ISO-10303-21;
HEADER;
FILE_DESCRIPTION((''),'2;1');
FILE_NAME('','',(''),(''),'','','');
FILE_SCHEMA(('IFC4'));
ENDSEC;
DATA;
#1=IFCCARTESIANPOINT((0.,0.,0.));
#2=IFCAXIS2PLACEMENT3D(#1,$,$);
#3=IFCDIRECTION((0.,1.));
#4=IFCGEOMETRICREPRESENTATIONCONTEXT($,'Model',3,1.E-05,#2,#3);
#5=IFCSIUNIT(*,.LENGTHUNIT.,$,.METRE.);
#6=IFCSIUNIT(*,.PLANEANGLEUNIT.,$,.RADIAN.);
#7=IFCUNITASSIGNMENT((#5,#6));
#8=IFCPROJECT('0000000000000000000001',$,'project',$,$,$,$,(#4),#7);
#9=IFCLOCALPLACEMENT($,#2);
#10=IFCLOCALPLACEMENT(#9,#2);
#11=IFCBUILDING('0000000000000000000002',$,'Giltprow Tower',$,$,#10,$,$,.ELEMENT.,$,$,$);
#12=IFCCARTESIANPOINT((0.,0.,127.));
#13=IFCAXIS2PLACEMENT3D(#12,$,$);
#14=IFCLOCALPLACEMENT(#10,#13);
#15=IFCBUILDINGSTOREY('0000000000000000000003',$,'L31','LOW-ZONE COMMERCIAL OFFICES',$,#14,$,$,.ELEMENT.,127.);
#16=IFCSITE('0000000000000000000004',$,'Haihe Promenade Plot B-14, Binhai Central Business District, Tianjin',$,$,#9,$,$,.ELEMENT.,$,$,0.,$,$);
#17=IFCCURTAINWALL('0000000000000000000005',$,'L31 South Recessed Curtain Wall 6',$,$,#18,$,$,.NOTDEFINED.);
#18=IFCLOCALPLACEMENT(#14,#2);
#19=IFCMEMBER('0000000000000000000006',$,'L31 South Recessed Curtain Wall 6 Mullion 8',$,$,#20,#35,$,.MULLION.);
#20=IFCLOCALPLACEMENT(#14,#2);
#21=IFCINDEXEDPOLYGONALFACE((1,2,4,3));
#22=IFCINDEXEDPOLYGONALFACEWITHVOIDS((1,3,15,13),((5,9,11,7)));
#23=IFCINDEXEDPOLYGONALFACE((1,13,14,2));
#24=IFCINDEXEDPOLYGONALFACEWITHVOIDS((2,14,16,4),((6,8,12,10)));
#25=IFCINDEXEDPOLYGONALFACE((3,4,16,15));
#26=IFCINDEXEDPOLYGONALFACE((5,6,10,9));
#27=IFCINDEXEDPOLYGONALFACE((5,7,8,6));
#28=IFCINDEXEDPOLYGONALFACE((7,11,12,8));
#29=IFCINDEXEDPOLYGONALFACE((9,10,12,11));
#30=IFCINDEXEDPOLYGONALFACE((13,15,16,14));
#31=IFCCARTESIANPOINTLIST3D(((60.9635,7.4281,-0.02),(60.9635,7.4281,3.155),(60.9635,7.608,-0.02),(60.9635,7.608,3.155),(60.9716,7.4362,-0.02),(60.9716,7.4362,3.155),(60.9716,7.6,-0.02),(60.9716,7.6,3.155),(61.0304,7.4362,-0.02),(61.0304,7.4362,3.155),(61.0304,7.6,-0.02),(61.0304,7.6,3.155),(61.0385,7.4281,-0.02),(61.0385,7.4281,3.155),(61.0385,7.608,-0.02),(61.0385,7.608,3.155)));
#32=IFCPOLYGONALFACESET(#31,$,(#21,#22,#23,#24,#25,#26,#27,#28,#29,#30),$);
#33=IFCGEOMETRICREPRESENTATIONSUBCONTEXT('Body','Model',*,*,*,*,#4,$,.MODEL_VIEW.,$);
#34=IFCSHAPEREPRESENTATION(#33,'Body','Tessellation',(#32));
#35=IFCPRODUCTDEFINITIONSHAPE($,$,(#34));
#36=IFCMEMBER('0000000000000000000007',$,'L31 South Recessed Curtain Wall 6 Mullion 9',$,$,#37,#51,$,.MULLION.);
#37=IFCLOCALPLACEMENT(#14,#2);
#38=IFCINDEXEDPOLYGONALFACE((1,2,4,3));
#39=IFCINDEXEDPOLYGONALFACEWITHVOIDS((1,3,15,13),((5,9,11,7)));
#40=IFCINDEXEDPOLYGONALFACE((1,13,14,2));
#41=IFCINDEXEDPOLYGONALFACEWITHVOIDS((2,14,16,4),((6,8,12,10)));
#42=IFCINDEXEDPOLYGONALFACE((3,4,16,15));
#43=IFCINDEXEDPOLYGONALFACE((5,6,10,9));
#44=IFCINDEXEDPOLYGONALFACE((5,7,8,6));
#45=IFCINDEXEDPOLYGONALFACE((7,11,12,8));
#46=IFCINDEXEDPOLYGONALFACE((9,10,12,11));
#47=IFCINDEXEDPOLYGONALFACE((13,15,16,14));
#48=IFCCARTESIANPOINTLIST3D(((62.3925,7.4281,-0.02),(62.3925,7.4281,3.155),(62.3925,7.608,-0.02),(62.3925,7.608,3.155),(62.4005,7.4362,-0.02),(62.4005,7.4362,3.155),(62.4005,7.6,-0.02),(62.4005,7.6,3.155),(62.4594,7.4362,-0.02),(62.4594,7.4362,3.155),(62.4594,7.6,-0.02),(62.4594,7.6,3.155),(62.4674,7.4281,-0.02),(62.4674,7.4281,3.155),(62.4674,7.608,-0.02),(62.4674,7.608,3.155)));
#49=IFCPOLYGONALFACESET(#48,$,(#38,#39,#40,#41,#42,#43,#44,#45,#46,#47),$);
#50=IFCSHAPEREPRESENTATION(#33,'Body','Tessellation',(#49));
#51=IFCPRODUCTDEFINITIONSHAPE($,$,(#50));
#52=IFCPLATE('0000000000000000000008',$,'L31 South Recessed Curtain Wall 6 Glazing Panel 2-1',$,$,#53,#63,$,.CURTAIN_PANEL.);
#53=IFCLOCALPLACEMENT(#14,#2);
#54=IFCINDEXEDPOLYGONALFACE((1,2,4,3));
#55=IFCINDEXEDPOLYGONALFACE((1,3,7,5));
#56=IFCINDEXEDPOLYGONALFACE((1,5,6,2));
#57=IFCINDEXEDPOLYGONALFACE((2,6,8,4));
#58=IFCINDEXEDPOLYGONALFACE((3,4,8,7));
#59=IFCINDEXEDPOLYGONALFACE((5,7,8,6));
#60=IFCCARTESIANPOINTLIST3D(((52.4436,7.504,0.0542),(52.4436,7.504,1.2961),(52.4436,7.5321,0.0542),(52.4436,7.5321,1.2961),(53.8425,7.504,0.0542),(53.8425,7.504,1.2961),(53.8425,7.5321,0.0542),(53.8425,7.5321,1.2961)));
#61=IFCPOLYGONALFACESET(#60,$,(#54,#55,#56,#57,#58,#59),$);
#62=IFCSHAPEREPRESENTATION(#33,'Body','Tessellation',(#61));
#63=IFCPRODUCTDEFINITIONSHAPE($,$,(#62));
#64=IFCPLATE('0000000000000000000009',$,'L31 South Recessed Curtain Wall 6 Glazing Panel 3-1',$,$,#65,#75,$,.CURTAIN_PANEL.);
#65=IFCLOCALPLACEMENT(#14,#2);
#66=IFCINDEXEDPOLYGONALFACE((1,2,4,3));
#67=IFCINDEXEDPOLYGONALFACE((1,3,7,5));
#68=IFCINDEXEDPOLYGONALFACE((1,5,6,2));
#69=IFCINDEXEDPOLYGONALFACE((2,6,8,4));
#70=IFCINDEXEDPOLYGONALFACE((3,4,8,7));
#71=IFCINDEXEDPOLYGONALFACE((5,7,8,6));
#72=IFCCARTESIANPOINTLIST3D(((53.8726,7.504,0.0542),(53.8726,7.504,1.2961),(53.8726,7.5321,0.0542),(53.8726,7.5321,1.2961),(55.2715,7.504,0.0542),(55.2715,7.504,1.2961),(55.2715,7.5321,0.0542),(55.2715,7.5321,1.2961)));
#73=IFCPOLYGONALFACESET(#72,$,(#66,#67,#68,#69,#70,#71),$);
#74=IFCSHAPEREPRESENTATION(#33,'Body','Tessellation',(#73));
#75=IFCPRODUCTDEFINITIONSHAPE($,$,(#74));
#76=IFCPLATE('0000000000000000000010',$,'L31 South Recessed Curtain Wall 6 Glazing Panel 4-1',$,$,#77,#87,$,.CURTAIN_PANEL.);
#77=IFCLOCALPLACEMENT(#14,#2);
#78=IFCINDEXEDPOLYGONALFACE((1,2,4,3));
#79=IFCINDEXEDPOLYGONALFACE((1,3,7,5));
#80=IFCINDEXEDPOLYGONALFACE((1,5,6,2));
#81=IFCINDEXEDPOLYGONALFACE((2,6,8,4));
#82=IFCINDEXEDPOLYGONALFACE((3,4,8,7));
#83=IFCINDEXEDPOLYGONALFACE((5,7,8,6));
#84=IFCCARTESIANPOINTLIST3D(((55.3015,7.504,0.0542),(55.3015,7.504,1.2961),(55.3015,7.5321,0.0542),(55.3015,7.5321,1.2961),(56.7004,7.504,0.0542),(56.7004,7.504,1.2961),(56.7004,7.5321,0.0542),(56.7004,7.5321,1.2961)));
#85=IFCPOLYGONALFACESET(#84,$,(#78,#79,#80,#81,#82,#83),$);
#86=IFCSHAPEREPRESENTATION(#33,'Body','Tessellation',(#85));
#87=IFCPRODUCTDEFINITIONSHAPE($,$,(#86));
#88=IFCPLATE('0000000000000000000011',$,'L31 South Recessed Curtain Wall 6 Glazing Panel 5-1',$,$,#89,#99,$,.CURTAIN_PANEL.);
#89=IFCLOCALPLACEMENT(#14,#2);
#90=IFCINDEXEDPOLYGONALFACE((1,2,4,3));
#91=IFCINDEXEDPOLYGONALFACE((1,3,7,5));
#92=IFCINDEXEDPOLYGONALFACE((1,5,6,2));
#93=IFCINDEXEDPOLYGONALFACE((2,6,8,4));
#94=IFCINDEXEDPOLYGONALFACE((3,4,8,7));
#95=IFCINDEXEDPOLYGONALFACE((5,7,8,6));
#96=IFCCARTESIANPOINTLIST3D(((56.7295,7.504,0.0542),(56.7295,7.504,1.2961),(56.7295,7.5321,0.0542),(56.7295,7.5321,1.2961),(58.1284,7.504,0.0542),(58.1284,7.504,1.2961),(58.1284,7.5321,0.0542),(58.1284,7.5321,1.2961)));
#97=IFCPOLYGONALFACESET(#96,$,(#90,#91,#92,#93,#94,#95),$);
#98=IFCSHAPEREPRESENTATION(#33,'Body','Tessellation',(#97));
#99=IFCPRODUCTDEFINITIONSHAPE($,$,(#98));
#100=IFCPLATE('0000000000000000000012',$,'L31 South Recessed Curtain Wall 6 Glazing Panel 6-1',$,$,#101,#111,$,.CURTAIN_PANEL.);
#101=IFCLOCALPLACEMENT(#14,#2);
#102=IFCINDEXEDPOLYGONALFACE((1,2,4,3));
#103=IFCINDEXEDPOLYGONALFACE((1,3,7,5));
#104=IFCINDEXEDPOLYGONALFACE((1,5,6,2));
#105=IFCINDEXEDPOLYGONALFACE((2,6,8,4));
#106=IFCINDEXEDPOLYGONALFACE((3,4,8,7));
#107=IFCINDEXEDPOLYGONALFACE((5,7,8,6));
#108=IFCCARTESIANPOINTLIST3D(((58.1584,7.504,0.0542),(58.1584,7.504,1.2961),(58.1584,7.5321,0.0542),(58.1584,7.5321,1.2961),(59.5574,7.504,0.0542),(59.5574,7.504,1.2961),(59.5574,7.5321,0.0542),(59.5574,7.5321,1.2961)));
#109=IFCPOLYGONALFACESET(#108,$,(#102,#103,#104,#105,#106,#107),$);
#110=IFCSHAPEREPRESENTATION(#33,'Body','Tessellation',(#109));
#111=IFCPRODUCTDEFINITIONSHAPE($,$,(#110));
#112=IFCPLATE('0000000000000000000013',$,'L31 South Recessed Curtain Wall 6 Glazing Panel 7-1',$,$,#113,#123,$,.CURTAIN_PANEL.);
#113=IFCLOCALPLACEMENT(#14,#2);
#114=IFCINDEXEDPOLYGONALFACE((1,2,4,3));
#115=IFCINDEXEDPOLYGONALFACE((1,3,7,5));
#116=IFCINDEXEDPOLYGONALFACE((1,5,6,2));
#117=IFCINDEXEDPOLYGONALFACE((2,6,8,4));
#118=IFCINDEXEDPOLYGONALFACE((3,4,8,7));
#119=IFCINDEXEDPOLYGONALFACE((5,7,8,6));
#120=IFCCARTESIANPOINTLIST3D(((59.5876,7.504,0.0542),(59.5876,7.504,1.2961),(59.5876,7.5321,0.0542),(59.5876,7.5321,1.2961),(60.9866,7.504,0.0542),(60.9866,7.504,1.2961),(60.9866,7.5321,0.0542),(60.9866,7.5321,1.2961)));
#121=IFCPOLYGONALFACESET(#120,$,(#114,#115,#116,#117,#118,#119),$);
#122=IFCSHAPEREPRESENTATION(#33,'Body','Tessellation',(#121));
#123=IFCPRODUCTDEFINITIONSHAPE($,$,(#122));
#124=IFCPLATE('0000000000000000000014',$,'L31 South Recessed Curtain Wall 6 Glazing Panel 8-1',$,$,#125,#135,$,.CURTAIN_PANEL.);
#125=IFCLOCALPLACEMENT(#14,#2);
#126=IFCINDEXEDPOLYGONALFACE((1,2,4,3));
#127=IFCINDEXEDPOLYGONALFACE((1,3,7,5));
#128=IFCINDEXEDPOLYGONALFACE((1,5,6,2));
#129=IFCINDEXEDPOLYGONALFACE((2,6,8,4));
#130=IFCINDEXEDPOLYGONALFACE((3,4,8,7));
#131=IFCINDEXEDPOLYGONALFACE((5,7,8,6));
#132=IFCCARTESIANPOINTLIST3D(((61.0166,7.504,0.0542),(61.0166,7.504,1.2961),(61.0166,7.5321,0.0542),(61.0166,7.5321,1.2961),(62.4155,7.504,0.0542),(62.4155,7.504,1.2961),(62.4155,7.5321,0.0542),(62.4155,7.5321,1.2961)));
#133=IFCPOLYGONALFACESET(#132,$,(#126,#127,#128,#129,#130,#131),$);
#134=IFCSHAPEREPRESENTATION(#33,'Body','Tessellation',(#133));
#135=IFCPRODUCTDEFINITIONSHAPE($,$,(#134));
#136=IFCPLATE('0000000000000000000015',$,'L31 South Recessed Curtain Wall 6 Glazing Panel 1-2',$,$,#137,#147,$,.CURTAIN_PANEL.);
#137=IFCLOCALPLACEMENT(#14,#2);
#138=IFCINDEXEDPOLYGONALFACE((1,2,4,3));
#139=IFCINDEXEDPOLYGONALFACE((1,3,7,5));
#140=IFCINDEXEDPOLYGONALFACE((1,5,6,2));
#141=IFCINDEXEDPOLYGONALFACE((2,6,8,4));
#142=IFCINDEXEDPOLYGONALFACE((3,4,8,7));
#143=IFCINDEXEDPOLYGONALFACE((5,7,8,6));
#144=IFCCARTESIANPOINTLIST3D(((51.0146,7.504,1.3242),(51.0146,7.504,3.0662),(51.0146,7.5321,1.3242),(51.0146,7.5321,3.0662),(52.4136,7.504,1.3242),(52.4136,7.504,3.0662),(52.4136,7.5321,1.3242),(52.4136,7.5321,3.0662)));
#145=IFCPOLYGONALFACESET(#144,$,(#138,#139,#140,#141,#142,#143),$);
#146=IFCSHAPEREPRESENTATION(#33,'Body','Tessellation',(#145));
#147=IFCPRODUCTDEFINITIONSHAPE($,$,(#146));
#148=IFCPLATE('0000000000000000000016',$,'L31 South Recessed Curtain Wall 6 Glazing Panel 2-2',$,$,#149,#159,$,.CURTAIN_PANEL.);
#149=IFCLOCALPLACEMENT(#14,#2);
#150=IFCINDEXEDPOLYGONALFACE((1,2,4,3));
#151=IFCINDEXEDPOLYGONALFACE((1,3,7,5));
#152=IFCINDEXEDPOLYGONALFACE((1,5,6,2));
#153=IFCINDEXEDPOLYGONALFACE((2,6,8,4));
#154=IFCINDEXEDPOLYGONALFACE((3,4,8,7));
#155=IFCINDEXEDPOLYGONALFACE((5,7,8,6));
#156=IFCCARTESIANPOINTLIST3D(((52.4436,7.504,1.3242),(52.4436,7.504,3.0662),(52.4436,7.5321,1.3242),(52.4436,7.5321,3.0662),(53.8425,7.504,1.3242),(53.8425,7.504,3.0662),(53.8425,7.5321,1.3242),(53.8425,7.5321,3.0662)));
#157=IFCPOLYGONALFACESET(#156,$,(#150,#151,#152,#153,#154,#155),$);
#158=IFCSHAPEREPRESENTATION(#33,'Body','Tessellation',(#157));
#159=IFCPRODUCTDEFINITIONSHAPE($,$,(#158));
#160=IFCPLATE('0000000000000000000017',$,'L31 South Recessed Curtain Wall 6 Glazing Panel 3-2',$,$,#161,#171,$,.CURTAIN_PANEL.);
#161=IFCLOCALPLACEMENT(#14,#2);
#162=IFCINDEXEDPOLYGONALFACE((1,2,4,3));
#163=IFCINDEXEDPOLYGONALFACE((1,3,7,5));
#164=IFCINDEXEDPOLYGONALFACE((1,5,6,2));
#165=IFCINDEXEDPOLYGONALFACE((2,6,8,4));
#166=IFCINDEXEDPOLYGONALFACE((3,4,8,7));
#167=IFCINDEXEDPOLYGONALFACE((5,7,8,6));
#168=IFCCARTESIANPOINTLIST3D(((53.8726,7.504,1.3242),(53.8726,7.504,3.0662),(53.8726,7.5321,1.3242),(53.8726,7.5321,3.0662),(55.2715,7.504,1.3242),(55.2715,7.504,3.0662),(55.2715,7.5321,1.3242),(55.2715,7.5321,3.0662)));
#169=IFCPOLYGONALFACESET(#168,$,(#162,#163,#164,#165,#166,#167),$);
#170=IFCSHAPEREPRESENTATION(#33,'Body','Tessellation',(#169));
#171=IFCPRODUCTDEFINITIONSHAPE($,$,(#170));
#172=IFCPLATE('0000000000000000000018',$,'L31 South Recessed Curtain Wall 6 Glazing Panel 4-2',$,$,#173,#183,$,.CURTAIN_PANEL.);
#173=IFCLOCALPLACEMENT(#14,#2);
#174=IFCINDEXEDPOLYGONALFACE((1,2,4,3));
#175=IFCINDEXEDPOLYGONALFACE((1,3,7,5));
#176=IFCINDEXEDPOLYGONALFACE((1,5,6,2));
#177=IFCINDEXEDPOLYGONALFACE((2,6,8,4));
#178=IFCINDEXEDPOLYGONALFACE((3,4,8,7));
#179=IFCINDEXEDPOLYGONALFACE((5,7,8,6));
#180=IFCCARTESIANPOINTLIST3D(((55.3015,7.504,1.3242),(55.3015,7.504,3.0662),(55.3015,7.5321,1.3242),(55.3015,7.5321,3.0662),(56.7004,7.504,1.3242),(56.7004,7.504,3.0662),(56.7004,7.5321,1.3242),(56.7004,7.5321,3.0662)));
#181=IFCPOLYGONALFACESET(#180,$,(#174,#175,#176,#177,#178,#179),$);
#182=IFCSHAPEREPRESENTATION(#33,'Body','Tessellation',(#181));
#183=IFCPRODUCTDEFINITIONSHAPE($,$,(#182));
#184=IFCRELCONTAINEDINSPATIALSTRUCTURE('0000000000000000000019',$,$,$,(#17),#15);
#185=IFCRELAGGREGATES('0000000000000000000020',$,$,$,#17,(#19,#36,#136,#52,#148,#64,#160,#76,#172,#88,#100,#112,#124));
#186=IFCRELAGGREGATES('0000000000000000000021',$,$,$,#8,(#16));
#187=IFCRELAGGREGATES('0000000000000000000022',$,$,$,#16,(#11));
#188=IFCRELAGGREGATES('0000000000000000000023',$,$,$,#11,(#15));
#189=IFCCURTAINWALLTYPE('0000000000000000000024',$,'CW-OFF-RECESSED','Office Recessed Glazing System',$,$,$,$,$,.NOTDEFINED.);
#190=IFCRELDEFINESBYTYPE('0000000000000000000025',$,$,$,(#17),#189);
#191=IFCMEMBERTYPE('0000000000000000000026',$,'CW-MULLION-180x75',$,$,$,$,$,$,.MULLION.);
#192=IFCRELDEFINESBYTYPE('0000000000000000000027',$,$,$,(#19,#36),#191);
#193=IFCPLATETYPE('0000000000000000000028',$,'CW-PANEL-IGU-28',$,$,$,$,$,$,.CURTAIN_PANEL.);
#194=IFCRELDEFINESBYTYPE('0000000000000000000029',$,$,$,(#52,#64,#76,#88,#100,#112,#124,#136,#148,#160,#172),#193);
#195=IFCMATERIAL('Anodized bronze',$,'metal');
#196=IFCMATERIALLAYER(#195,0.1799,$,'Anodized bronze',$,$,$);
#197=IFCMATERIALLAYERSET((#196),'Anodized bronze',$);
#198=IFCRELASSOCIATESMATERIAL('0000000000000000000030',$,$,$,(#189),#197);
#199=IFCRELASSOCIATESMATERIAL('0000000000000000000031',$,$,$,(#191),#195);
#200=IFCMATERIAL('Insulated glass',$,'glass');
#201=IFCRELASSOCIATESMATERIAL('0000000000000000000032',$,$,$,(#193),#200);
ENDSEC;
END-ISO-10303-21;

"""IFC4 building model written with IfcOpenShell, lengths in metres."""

from ifc_helpers import new_model, si_unit, direction, frame, origin, origin_2d, place, context, subcontext, project, spatial, rectangle, hollow_rectangle, extrude, source, transform, mapped, material, layer, layer_set, material_profile, profile_set, type_object, element, aggregate, save


model = new_model("IFC4")

# Units and contexts
model_context = context("Model", 3, precision=1e-05, world=origin(), true_north=direction((0.0, 1.0)))
body_context = subcontext(model_context, "Body", "Model", "MODEL_VIEW")
ifc_project = project(units=[si_unit("LENGTHUNIT", "METRE"), si_unit("PLANEANGLEUNIT", "RADIAN")], contexts=[model_context])

# Site, building, storey
site_placement = place(None, origin())
site = spatial("IfcSite", under=ifc_project, at=site_placement, Name="Haihe Promenade Plot B-14, Binhai Central Business District, Tianjin", CompositionType="ELEMENT", RefElevation=0.0)
building_placement = place(site_placement, origin())
building = spatial("IfcBuilding", under=site, at=building_placement, Name="Giltprow Tower", CompositionType="ELEMENT")
storey_placement = place(building_placement, frame((0.0, 0.0, 127.0)))
storey = spatial("IfcBuildingStorey", under=building, at=storey_placement, Name="L31", Description="LOW-ZONE COMMERCIAL OFFICES", CompositionType="ELEMENT", Elevation=127.0)

# Curtain wall, members, plates
ifc_material_1 = material(Name="Anodized bronze", Category="metal")
ifc_layer_1 = layer(ifc_material_1, 0.1799, Name="Anodized bronze")
ifc_layer_set_1 = layer_set([ifc_layer_1], Name="Anodized bronze")
curtain_wall_type = type_object("IfcCurtainWallType", Name="CW-OFF-RECESSED", Description="Office Recessed Glazing System", PredefinedType="NOTDEFINED", material=ifc_layer_set_1)
curtain_wall_placement = place(storey_placement, origin())
curtain_wall = element("IfcCurtainWall", 1, at=curtain_wall_placement, inside=storey, type_object=curtain_wall_type, Name="L31 South Recessed Curtain Wall 6", PredefinedType="NOTDEFINED")
ifc_material_profile_1 = material_profile(ifc_material_1, hollow_rectangle(XDim=0.075, YDim=0.1799, WallThickness=0.0081, at=origin_2d()), Name="RHS 180x75x8")
ifc_profile_set_1 = profile_set([ifc_material_profile_1], Name="Anodized bronze")
member_type = type_object("IfcMemberType", Name="CW-MULLION-180x75", PredefinedType="MULLION", material=ifc_profile_set_1)
shared_shape_1 = source(origin(), body_context, "Body", "SweptSolid", [
    extrude(hollow_rectangle(XDim=0.075, YDim=0.1799, WallThickness=0.0081, at=origin_2d()), origin(), (0.0, 0.0, 1.0), 3.175),
])
member_1_placement = place(storey_placement, frame((61.001, 7.5181, -0.02), z_axis=(0.0, 0.0, 1.0), x_axis=(1.0, 0.0, 0.0)))
member_1 = element("IfcMember", 2, at=member_1_placement, type_object=member_type, Name="L31 South Recessed Curtain Wall 6 Mullion 8", PredefinedType="MULLION", context=body_context, shape_type="MappedRepresentation", body=[
    mapped(shared_shape_1, transform((0.0, 0.0, 0.0), x_axis=(1.0, 0.0, 0.0), y_axis=(0.0, 1.0, 0.0), z_axis=(0.0, 0.0, 1.0), scale=1.0)),
])
member_2_placement = place(storey_placement, frame((62.4299, 7.5181, -0.02), z_axis=(0.0, 0.0, 1.0), x_axis=(1.0, 0.0, 0.0)))
member_2 = element("IfcMember", 3, at=member_2_placement, type_object=member_type, Name="L31 South Recessed Curtain Wall 6 Mullion 9", PredefinedType="MULLION", context=body_context, shape_type="MappedRepresentation", body=[
    mapped(shared_shape_1, transform((0.0, 0.0, 0.0), x_axis=(1.0, 0.0, 0.0), y_axis=(0.0, 1.0, 0.0), z_axis=(0.0, 0.0, 1.0), scale=1.0)),
])
ifc_material_2 = material(Name="Insulated glass", Category="glass")
plate_type = type_object("IfcPlateType", Name="CW-PANEL-IGU-28", PredefinedType="CURTAIN_PANEL", material=ifc_material_2)
shared_shape_2 = source(origin(), body_context, "Body", "SweptSolid", [
    extrude(rectangle(XDim=1.3989, YDim=0.0281, at=origin_2d()), origin(), (0.0, 0.0, 1.0), 1.2419),
])
plate_1_placement = place(storey_placement, frame((53.1431, 7.5181, 0.0542), z_axis=(0.0, 0.0, 1.0), x_axis=(1.0, 0.0, 0.0)))
plate_1 = element("IfcPlate", 4, at=plate_1_placement, type_object=plate_type, Name="L31 South Recessed Curtain Wall 6 Glazing Panel 2-1", PredefinedType="CURTAIN_PANEL", context=body_context, shape_type="MappedRepresentation", body=[
    mapped(shared_shape_2, transform((0.0, 0.0, 0.0), x_axis=(1.0, 0.0, 0.0), y_axis=(0.0, 1.0, 0.0), z_axis=(0.0, 0.0, 1.0), scale=1.0)),
])
plate_2_placement = place(storey_placement, frame((54.572, 7.5181, 0.0542), z_axis=(0.0, 0.0, 1.0), x_axis=(1.0, 0.0, 0.0)))
plate_2 = element("IfcPlate", 5, at=plate_2_placement, type_object=plate_type, Name="L31 South Recessed Curtain Wall 6 Glazing Panel 3-1", PredefinedType="CURTAIN_PANEL", context=body_context, shape_type="MappedRepresentation", body=[
    mapped(shared_shape_2, transform((0.0, 0.0, 0.0), x_axis=(1.0, 0.0, 0.0), y_axis=(0.0, 1.0, 0.0), z_axis=(0.0, 0.0, 1.0), scale=1.0)),
])
plate_3_placement = place(storey_placement, frame((56.001, 7.5181, 0.0542), z_axis=(0.0, 0.0, 1.0), x_axis=(1.0, 0.0, 0.0)))
plate_3 = element("IfcPlate", 6, at=plate_3_placement, type_object=plate_type, Name="L31 South Recessed Curtain Wall 6 Glazing Panel 4-1", PredefinedType="CURTAIN_PANEL", context=body_context, shape_type="MappedRepresentation", body=[
    mapped(shared_shape_2, transform((0.0, 0.0, 0.0), x_axis=(1.0, 0.0, 0.0), y_axis=(0.0, 1.0, 0.0), z_axis=(0.0, 0.0, 1.0), scale=1.0)),
])
plate_4_placement = place(storey_placement, frame((57.429, 7.5181, 0.0542), z_axis=(0.0, 0.0, 1.0), x_axis=(1.0, 0.0, 0.0)))
plate_4 = element("IfcPlate", 7, at=plate_4_placement, type_object=plate_type, Name="L31 South Recessed Curtain Wall 6 Glazing Panel 5-1", PredefinedType="CURTAIN_PANEL", context=body_context, shape_type="MappedRepresentation", body=[
    mapped(shared_shape_2, transform((0.0, 0.0, 0.0), x_axis=(1.0, 0.0, 0.0), y_axis=(0.0, 1.0, 0.0), z_axis=(0.0, 0.0, 1.0), scale=1.0)),
])
plate_5_placement = place(storey_placement, frame((58.8579, 7.5181, 0.0542), z_axis=(0.0, 0.0, 1.0), x_axis=(1.0, 0.0, 0.0)))
plate_5 = element("IfcPlate", 8, at=plate_5_placement, type_object=plate_type, Name="L31 South Recessed Curtain Wall 6 Glazing Panel 6-1", PredefinedType="CURTAIN_PANEL", context=body_context, shape_type="MappedRepresentation", body=[
    mapped(shared_shape_2, transform((0.0, 0.0, 0.0), x_axis=(1.0, 0.0, 0.0), y_axis=(0.0, 1.0, 0.0), z_axis=(0.0, 0.0, 1.0), scale=1.0)),
])
plate_6_placement = place(storey_placement, frame((60.2871, 7.5181, 0.0542), z_axis=(0.0, 0.0, 1.0), x_axis=(1.0, 0.0, 0.0)))
plate_6 = element("IfcPlate", 9, at=plate_6_placement, type_object=plate_type, Name="L31 South Recessed Curtain Wall 6 Glazing Panel 7-1", PredefinedType="CURTAIN_PANEL", context=body_context, shape_type="MappedRepresentation", body=[
    mapped(shared_shape_2, transform((0.0, 0.0, 0.0), x_axis=(1.0, 0.0, 0.0), y_axis=(0.0, 1.0, 0.0), z_axis=(0.0, 0.0, 1.0), scale=1.0)),
])
plate_7_placement = place(storey_placement, frame((61.7161, 7.5181, 0.0542), z_axis=(0.0, 0.0, 1.0), x_axis=(1.0, 0.0, 0.0)))
plate_7 = element("IfcPlate", 10, at=plate_7_placement, type_object=plate_type, Name="L31 South Recessed Curtain Wall 6 Glazing Panel 8-1", PredefinedType="CURTAIN_PANEL", context=body_context, shape_type="MappedRepresentation", body=[
    mapped(shared_shape_2, transform((0.0, 0.0, 0.0), x_axis=(1.0, 0.0, 0.0), y_axis=(0.0, 1.0, 0.0), z_axis=(0.0, 0.0, 1.0), scale=1.0)),
])
shared_shape_3 = source(origin(), body_context, "Body", "SweptSolid", [
    extrude(rectangle(XDim=1.3989, YDim=0.0281, at=origin_2d()), origin(), (0.0, 0.0, 1.0), 1.7419),
])
plate_8_placement = place(storey_placement, frame((51.7141, 7.5181, 1.3242), z_axis=(0.0, 0.0, 1.0), x_axis=(1.0, 0.0, 0.0)))
plate_8 = element("IfcPlate", 11, at=plate_8_placement, type_object=plate_type, Name="L31 South Recessed Curtain Wall 6 Glazing Panel 1-2", PredefinedType="CURTAIN_PANEL", context=body_context, shape_type="MappedRepresentation", body=[
    mapped(shared_shape_3, transform((0.0, 0.0, 0.0), x_axis=(1.0, 0.0, 0.0), y_axis=(0.0, 1.0, 0.0), z_axis=(0.0, 0.0, 1.0), scale=1.0)),
])
plate_9_placement = place(storey_placement, frame((53.1431, 7.5181, 1.3242), z_axis=(0.0, 0.0, 1.0), x_axis=(1.0, 0.0, 0.0)))
plate_9 = element("IfcPlate", 12, at=plate_9_placement, type_object=plate_type, Name="L31 South Recessed Curtain Wall 6 Glazing Panel 2-2", PredefinedType="CURTAIN_PANEL", context=body_context, shape_type="MappedRepresentation", body=[
    mapped(shared_shape_3, transform((0.0, 0.0, 0.0), x_axis=(1.0, 0.0, 0.0), y_axis=(0.0, 1.0, 0.0), z_axis=(0.0, 0.0, 1.0), scale=1.0)),
])
plate_10_placement = place(storey_placement, frame((54.572, 7.5181, 1.3242), z_axis=(0.0, 0.0, 1.0), x_axis=(1.0, 0.0, 0.0)))
plate_10 = element("IfcPlate", 13, at=plate_10_placement, type_object=plate_type, Name="L31 South Recessed Curtain Wall 6 Glazing Panel 3-2", PredefinedType="CURTAIN_PANEL", context=body_context, shape_type="MappedRepresentation", body=[
    mapped(shared_shape_3, transform((0.0, 0.0, 0.0), x_axis=(1.0, 0.0, 0.0), y_axis=(0.0, 1.0, 0.0), z_axis=(0.0, 0.0, 1.0), scale=1.0)),
])
plate_11_placement = place(storey_placement, frame((56.001, 7.5181, 1.3242), z_axis=(0.0, 0.0, 1.0), x_axis=(1.0, 0.0, 0.0)))
plate_11 = element("IfcPlate", 14, at=plate_11_placement, type_object=plate_type, Name="L31 South Recessed Curtain Wall 6 Glazing Panel 4-2", PredefinedType="CURTAIN_PANEL", context=body_context, shape_type="MappedRepresentation", body=[
    mapped(shared_shape_3, transform((0.0, 0.0, 0.0), x_axis=(1.0, 0.0, 0.0), y_axis=(0.0, 1.0, 0.0), z_axis=(0.0, 0.0, 1.0), scale=1.0)),
])
aggregate(curtain_wall, [member_1, member_2, plate_8, plate_1, plate_9, plate_2, plate_10, plate_3, plate_11, plate_4, plate_5, plate_6, plate_7])

save(model, "model.ifc")
